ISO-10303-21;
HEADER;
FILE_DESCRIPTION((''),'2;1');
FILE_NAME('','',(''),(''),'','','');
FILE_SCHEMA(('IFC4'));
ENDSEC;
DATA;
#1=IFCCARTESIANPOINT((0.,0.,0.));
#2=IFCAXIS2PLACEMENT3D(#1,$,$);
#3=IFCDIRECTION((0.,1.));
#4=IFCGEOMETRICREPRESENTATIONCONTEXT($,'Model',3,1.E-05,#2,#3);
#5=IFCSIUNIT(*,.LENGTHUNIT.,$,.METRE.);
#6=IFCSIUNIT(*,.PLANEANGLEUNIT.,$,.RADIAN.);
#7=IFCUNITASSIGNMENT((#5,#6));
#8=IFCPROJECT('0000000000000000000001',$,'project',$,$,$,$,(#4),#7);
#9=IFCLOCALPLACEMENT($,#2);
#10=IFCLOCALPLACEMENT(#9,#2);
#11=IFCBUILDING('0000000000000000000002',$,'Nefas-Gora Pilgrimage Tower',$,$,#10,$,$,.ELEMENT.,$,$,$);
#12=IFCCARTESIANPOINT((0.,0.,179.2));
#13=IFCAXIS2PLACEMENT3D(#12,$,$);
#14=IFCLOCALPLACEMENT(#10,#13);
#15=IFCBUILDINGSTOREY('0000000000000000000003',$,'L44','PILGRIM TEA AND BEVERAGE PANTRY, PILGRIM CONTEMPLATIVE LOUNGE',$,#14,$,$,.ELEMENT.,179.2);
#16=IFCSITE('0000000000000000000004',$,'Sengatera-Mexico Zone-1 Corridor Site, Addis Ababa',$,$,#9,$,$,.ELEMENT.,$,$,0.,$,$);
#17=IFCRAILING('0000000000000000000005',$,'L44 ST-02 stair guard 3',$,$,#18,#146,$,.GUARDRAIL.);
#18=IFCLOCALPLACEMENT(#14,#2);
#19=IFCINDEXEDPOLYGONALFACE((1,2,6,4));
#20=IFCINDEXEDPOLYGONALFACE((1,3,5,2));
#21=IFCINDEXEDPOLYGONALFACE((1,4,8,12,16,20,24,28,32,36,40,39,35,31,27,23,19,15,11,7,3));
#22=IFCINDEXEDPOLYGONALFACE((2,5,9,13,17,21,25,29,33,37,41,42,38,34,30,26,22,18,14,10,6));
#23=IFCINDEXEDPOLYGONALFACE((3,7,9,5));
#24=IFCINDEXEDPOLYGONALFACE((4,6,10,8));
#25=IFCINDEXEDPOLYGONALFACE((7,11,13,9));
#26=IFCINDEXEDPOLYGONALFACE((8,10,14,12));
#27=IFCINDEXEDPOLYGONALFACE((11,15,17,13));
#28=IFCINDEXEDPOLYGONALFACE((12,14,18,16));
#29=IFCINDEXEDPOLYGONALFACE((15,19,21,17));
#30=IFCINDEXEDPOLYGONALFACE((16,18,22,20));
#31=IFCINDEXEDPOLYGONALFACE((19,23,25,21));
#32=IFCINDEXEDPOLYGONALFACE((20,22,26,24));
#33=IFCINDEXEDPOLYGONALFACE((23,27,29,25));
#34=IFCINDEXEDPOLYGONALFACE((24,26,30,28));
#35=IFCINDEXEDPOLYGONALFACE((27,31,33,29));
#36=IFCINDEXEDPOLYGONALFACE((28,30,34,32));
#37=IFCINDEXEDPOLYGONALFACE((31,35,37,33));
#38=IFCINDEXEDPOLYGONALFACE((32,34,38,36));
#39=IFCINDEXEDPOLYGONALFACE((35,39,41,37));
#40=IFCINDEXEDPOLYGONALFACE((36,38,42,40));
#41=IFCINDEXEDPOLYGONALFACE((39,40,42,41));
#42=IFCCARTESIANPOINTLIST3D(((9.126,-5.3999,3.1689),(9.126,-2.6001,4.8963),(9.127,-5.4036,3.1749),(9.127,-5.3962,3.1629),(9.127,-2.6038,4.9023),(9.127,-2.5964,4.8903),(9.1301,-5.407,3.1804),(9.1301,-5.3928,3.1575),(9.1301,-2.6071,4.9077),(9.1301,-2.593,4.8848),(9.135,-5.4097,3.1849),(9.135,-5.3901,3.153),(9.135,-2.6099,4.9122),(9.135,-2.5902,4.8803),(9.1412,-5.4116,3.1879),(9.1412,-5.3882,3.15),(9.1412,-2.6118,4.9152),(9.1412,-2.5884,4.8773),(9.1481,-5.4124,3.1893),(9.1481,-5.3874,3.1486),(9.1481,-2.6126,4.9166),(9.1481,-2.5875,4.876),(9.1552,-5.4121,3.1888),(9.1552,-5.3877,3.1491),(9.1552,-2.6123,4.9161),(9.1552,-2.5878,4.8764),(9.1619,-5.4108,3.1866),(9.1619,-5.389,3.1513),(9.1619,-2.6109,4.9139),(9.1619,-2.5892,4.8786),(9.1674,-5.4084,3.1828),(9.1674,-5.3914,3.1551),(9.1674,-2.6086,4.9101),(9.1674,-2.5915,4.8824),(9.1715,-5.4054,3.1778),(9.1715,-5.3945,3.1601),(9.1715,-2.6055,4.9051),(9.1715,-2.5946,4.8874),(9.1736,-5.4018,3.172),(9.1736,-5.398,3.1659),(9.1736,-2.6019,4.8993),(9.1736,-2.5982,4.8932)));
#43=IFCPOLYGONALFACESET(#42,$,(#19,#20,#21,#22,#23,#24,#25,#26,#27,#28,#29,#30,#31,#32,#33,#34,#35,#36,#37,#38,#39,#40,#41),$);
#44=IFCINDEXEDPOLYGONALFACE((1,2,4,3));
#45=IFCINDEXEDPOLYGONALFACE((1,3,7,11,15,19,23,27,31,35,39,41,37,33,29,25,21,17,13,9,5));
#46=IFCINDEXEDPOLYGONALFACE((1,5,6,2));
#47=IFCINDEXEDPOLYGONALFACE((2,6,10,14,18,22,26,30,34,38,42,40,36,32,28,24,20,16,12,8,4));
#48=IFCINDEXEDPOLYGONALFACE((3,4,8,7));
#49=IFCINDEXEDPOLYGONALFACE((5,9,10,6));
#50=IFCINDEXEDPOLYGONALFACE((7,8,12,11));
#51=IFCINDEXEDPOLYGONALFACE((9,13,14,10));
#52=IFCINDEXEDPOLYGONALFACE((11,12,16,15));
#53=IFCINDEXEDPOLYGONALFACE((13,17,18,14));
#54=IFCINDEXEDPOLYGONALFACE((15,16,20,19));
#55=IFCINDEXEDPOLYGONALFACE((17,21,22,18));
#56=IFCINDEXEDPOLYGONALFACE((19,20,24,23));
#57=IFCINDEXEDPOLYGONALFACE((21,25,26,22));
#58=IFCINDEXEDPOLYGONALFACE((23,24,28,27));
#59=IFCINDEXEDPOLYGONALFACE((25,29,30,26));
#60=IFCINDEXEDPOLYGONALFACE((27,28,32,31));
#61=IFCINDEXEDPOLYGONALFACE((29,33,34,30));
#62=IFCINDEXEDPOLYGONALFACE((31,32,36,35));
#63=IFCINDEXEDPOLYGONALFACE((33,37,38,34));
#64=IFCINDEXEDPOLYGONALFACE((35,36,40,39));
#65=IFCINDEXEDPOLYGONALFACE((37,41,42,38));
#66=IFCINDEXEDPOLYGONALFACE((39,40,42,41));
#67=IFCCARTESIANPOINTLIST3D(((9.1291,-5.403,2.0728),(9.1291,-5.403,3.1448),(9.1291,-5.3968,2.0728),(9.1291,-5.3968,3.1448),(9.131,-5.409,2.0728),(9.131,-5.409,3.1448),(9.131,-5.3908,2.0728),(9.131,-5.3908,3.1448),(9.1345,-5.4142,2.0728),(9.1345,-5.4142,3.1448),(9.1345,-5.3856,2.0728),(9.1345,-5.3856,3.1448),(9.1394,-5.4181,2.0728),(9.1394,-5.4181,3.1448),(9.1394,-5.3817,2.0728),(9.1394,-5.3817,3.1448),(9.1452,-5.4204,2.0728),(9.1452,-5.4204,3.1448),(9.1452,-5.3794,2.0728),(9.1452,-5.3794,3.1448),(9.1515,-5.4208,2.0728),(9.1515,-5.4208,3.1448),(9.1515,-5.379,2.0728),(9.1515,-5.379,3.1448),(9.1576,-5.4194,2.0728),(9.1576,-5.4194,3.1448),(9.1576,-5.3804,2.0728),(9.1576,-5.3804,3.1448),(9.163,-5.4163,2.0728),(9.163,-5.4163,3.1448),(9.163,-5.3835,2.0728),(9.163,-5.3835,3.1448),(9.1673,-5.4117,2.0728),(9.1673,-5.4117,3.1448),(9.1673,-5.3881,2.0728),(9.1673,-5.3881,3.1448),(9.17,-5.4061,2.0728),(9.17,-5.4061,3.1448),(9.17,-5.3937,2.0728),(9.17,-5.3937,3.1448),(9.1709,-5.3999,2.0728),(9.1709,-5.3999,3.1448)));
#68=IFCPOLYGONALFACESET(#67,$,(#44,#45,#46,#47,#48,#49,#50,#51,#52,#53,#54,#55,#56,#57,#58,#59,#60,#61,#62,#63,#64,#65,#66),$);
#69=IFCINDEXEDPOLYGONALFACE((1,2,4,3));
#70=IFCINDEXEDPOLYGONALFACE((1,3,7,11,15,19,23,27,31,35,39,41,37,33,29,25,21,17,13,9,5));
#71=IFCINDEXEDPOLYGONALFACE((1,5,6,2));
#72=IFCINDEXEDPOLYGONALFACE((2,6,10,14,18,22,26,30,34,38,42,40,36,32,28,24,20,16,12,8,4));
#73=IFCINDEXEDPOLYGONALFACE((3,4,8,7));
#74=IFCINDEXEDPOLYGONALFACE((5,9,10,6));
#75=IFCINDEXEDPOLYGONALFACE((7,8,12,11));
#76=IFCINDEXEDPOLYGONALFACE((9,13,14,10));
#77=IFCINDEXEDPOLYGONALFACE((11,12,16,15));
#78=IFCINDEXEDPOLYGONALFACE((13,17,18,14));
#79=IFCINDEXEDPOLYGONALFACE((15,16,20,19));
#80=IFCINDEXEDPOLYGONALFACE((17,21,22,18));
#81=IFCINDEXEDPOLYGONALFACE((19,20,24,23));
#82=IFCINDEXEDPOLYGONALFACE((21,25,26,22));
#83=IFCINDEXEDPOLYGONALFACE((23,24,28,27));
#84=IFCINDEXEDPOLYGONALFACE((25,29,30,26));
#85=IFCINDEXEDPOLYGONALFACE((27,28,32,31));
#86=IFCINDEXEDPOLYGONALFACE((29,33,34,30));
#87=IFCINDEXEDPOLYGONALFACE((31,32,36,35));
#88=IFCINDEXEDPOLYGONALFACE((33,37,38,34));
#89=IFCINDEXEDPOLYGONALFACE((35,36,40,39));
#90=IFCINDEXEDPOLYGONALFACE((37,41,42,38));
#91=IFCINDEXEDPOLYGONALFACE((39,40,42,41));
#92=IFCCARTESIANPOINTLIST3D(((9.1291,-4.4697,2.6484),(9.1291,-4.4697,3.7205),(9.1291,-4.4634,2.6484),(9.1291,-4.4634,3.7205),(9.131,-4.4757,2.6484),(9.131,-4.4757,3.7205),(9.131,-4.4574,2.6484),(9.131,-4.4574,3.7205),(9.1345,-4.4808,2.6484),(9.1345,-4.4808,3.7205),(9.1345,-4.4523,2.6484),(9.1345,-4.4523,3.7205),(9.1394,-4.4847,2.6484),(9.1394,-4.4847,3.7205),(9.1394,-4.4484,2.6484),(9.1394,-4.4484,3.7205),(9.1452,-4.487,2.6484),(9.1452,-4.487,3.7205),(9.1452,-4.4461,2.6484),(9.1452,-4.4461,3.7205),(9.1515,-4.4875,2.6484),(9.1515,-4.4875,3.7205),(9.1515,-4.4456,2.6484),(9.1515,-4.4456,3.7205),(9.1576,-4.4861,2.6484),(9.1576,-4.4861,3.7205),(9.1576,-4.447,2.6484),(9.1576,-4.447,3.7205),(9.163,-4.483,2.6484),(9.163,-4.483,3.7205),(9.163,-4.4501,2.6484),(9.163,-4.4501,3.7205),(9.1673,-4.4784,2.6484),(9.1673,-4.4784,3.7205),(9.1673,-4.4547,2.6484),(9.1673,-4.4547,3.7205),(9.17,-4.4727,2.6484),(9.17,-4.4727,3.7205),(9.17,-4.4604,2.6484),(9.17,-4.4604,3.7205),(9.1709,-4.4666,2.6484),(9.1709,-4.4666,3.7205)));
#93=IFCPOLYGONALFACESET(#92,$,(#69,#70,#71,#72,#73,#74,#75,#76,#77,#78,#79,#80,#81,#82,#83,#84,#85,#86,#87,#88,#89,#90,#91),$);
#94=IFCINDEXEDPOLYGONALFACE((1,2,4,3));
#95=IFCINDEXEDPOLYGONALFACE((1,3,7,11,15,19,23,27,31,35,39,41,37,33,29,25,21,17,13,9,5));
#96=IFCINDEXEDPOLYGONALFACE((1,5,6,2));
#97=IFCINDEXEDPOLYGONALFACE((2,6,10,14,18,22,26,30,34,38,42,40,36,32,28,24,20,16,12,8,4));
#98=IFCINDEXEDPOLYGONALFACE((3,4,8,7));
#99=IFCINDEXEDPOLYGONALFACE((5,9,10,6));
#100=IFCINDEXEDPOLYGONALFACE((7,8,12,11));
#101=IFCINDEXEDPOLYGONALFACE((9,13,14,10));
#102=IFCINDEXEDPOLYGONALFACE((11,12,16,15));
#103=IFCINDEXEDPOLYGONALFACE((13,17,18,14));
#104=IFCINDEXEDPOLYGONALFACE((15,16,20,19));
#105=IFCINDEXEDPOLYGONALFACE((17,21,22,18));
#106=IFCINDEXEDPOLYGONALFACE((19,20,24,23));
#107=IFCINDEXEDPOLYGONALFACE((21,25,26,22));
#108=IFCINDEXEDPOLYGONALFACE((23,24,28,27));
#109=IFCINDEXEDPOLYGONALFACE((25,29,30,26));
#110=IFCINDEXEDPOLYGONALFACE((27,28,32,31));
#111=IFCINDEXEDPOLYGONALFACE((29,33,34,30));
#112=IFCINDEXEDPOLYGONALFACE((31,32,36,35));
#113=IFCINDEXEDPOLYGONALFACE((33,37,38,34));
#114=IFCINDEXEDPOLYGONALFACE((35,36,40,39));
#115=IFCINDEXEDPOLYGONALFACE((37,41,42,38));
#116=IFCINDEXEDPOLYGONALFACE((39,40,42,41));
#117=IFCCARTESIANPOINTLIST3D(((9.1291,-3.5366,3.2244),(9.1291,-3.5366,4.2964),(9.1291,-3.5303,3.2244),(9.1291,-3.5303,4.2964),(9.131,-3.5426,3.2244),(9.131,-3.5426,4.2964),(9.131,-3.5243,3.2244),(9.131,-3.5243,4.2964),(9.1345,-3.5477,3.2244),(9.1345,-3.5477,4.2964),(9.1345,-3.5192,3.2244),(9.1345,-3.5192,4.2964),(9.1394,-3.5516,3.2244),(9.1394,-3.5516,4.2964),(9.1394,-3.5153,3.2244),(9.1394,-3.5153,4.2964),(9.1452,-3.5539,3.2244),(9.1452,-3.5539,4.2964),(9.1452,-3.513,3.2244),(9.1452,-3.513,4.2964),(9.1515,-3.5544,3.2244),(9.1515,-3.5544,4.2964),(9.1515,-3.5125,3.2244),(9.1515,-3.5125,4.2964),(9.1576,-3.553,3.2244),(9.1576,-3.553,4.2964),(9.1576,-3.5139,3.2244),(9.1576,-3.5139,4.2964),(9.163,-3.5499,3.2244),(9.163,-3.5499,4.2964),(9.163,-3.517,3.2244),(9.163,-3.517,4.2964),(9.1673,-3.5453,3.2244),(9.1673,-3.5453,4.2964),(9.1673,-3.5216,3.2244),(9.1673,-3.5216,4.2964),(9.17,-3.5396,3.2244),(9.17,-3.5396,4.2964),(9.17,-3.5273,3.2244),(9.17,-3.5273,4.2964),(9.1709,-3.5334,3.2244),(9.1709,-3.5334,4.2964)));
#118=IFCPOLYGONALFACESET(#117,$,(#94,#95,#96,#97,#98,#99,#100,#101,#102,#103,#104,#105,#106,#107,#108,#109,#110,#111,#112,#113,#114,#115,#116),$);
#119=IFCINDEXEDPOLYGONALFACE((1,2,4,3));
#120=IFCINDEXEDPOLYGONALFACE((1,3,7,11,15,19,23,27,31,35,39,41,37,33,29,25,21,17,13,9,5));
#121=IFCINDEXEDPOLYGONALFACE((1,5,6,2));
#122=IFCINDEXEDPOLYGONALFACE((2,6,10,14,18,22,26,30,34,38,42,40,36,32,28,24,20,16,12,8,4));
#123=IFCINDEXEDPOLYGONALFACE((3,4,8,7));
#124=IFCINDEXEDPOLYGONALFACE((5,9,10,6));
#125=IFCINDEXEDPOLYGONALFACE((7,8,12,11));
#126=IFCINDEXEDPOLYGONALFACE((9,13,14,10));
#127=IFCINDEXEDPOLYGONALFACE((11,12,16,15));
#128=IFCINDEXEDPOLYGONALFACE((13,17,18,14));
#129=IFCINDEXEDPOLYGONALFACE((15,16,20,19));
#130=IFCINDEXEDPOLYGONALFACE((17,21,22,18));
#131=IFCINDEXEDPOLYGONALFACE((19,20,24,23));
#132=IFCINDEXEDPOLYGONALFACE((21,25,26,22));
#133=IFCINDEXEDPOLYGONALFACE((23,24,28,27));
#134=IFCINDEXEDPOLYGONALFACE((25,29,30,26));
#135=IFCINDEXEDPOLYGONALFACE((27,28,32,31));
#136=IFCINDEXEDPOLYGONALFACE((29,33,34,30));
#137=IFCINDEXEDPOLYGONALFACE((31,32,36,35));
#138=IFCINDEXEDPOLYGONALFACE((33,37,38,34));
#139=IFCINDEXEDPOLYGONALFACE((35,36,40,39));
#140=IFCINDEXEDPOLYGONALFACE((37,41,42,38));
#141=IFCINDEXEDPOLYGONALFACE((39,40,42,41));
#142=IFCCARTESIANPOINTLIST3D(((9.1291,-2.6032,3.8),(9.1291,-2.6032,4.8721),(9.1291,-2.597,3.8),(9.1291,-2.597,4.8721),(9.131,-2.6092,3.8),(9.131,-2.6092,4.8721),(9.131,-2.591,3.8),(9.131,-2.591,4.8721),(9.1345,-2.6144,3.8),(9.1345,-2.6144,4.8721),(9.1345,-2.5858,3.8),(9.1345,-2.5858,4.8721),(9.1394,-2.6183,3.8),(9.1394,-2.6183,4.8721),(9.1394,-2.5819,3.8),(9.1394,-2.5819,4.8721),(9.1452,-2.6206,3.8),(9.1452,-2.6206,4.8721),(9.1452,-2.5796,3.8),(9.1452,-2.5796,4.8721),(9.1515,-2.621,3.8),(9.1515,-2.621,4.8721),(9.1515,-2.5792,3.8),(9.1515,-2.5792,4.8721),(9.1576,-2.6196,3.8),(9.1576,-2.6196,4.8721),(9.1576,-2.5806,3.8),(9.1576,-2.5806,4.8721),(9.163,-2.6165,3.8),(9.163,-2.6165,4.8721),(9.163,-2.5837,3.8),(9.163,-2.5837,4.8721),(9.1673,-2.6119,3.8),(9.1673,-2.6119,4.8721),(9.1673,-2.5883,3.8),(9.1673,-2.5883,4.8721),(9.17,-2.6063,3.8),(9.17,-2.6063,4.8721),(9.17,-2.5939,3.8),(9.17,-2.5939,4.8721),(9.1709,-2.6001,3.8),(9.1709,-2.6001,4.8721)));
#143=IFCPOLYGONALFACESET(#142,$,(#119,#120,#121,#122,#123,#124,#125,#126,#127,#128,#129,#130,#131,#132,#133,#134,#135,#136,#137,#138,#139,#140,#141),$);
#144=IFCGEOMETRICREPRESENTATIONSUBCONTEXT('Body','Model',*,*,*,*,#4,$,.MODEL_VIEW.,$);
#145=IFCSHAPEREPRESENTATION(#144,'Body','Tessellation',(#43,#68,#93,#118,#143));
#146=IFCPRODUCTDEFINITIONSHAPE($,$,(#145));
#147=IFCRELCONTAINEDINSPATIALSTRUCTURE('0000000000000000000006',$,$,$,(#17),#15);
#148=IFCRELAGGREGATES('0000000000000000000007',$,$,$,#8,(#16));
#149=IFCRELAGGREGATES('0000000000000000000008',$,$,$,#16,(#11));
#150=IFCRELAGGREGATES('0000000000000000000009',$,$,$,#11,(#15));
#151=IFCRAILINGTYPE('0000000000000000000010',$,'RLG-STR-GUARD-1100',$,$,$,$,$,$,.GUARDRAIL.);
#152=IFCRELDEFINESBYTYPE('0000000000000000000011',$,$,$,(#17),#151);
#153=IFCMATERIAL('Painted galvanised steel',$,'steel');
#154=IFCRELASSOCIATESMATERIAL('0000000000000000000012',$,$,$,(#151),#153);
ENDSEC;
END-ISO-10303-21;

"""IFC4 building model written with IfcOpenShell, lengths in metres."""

from ifc_helpers import new_model, si_unit, direction, frame, origin, origin_2d, place, context, subcontext, project, spatial, circle, extrude, material, type_object, element, save


model = new_model("IFC4")

# Units and contexts
model_context = context("Model", 3, precision=1e-05, world=origin(), true_north=direction((0.0, 1.0)))
body_context = subcontext(model_context, "Body", "Model", "MODEL_VIEW")
ifc_project = project(units=[si_unit("LENGTHUNIT", "METRE"), si_unit("PLANEANGLEUNIT", "RADIAN")], contexts=[model_context])

# Site, building, storey
site_placement = place(None, origin())
site = spatial("IfcSite", under=ifc_project, at=site_placement, Name="Sengatera-Mexico Zone-1 Corridor Site, Addis Ababa", CompositionType="ELEMENT", RefElevation=0.0)
building_placement = place(site_placement, origin())
building = spatial("IfcBuilding", under=site, at=building_placement, Name="Nefas-Gora Pilgrimage Tower", CompositionType="ELEMENT")
storey_placement = place(building_placement, frame((0.0, 0.0, 179.2)))
storey = spatial("IfcBuildingStorey", under=building, at=storey_placement, Name="L44", Description="PILGRIM TEA AND BEVERAGE PANTRY, PILGRIM CONTEMPLATIVE LOUNGE", CompositionType="ELEMENT", Elevation=179.2)

# Railing
ifc_material_1 = material(Name="Painted galvanised steel", Category="steel")
railing_type_1 = type_object("IfcRailingType", Name="RLG-STR-GUARD-1100", PredefinedType="GUARDRAIL", material=ifc_material_1)
railing_1_placement = place(storey_placement, frame((9.1499, -5.3999, 2.0728)))
element("IfcRailing", 1, at=railing_1_placement, inside=storey, type_object=railing_type_1, Name="L44 ST-02 stair guard 3", PredefinedType="GUARDRAIL", context=body_context, shape_type="SweptSolid", body=[
    extrude(circle(Radius=0.0239, at=origin_2d()), frame((0.0, 0.0, 1.0962), z_axis=(0.0, 0.851069, 0.525054), x_axis=(-1.0, 0.0, 0.0)), (0.0, 0.0, 1.0), 3.2898),
    extrude(circle(Radius=0.021, at=origin_2d()), origin(), (0.0, 0.0, 1.0), 1.072),
    extrude(circle(Radius=0.021, at=origin_2d()), frame((0.0, 0.9333, 0.5757)), (0.0, 0.0, 1.0), 1.072),
    extrude(circle(Radius=0.021, at=origin_2d()), frame((0.0, 1.8665, 1.1516)), (0.0, 0.0, 1.0), 1.072),
    extrude(circle(Radius=0.021, at=origin_2d()), frame((0.0, 2.7998, 1.7273)), (0.0, 0.0, 1.0), 1.072),
])

save(model, "model.ifc")
